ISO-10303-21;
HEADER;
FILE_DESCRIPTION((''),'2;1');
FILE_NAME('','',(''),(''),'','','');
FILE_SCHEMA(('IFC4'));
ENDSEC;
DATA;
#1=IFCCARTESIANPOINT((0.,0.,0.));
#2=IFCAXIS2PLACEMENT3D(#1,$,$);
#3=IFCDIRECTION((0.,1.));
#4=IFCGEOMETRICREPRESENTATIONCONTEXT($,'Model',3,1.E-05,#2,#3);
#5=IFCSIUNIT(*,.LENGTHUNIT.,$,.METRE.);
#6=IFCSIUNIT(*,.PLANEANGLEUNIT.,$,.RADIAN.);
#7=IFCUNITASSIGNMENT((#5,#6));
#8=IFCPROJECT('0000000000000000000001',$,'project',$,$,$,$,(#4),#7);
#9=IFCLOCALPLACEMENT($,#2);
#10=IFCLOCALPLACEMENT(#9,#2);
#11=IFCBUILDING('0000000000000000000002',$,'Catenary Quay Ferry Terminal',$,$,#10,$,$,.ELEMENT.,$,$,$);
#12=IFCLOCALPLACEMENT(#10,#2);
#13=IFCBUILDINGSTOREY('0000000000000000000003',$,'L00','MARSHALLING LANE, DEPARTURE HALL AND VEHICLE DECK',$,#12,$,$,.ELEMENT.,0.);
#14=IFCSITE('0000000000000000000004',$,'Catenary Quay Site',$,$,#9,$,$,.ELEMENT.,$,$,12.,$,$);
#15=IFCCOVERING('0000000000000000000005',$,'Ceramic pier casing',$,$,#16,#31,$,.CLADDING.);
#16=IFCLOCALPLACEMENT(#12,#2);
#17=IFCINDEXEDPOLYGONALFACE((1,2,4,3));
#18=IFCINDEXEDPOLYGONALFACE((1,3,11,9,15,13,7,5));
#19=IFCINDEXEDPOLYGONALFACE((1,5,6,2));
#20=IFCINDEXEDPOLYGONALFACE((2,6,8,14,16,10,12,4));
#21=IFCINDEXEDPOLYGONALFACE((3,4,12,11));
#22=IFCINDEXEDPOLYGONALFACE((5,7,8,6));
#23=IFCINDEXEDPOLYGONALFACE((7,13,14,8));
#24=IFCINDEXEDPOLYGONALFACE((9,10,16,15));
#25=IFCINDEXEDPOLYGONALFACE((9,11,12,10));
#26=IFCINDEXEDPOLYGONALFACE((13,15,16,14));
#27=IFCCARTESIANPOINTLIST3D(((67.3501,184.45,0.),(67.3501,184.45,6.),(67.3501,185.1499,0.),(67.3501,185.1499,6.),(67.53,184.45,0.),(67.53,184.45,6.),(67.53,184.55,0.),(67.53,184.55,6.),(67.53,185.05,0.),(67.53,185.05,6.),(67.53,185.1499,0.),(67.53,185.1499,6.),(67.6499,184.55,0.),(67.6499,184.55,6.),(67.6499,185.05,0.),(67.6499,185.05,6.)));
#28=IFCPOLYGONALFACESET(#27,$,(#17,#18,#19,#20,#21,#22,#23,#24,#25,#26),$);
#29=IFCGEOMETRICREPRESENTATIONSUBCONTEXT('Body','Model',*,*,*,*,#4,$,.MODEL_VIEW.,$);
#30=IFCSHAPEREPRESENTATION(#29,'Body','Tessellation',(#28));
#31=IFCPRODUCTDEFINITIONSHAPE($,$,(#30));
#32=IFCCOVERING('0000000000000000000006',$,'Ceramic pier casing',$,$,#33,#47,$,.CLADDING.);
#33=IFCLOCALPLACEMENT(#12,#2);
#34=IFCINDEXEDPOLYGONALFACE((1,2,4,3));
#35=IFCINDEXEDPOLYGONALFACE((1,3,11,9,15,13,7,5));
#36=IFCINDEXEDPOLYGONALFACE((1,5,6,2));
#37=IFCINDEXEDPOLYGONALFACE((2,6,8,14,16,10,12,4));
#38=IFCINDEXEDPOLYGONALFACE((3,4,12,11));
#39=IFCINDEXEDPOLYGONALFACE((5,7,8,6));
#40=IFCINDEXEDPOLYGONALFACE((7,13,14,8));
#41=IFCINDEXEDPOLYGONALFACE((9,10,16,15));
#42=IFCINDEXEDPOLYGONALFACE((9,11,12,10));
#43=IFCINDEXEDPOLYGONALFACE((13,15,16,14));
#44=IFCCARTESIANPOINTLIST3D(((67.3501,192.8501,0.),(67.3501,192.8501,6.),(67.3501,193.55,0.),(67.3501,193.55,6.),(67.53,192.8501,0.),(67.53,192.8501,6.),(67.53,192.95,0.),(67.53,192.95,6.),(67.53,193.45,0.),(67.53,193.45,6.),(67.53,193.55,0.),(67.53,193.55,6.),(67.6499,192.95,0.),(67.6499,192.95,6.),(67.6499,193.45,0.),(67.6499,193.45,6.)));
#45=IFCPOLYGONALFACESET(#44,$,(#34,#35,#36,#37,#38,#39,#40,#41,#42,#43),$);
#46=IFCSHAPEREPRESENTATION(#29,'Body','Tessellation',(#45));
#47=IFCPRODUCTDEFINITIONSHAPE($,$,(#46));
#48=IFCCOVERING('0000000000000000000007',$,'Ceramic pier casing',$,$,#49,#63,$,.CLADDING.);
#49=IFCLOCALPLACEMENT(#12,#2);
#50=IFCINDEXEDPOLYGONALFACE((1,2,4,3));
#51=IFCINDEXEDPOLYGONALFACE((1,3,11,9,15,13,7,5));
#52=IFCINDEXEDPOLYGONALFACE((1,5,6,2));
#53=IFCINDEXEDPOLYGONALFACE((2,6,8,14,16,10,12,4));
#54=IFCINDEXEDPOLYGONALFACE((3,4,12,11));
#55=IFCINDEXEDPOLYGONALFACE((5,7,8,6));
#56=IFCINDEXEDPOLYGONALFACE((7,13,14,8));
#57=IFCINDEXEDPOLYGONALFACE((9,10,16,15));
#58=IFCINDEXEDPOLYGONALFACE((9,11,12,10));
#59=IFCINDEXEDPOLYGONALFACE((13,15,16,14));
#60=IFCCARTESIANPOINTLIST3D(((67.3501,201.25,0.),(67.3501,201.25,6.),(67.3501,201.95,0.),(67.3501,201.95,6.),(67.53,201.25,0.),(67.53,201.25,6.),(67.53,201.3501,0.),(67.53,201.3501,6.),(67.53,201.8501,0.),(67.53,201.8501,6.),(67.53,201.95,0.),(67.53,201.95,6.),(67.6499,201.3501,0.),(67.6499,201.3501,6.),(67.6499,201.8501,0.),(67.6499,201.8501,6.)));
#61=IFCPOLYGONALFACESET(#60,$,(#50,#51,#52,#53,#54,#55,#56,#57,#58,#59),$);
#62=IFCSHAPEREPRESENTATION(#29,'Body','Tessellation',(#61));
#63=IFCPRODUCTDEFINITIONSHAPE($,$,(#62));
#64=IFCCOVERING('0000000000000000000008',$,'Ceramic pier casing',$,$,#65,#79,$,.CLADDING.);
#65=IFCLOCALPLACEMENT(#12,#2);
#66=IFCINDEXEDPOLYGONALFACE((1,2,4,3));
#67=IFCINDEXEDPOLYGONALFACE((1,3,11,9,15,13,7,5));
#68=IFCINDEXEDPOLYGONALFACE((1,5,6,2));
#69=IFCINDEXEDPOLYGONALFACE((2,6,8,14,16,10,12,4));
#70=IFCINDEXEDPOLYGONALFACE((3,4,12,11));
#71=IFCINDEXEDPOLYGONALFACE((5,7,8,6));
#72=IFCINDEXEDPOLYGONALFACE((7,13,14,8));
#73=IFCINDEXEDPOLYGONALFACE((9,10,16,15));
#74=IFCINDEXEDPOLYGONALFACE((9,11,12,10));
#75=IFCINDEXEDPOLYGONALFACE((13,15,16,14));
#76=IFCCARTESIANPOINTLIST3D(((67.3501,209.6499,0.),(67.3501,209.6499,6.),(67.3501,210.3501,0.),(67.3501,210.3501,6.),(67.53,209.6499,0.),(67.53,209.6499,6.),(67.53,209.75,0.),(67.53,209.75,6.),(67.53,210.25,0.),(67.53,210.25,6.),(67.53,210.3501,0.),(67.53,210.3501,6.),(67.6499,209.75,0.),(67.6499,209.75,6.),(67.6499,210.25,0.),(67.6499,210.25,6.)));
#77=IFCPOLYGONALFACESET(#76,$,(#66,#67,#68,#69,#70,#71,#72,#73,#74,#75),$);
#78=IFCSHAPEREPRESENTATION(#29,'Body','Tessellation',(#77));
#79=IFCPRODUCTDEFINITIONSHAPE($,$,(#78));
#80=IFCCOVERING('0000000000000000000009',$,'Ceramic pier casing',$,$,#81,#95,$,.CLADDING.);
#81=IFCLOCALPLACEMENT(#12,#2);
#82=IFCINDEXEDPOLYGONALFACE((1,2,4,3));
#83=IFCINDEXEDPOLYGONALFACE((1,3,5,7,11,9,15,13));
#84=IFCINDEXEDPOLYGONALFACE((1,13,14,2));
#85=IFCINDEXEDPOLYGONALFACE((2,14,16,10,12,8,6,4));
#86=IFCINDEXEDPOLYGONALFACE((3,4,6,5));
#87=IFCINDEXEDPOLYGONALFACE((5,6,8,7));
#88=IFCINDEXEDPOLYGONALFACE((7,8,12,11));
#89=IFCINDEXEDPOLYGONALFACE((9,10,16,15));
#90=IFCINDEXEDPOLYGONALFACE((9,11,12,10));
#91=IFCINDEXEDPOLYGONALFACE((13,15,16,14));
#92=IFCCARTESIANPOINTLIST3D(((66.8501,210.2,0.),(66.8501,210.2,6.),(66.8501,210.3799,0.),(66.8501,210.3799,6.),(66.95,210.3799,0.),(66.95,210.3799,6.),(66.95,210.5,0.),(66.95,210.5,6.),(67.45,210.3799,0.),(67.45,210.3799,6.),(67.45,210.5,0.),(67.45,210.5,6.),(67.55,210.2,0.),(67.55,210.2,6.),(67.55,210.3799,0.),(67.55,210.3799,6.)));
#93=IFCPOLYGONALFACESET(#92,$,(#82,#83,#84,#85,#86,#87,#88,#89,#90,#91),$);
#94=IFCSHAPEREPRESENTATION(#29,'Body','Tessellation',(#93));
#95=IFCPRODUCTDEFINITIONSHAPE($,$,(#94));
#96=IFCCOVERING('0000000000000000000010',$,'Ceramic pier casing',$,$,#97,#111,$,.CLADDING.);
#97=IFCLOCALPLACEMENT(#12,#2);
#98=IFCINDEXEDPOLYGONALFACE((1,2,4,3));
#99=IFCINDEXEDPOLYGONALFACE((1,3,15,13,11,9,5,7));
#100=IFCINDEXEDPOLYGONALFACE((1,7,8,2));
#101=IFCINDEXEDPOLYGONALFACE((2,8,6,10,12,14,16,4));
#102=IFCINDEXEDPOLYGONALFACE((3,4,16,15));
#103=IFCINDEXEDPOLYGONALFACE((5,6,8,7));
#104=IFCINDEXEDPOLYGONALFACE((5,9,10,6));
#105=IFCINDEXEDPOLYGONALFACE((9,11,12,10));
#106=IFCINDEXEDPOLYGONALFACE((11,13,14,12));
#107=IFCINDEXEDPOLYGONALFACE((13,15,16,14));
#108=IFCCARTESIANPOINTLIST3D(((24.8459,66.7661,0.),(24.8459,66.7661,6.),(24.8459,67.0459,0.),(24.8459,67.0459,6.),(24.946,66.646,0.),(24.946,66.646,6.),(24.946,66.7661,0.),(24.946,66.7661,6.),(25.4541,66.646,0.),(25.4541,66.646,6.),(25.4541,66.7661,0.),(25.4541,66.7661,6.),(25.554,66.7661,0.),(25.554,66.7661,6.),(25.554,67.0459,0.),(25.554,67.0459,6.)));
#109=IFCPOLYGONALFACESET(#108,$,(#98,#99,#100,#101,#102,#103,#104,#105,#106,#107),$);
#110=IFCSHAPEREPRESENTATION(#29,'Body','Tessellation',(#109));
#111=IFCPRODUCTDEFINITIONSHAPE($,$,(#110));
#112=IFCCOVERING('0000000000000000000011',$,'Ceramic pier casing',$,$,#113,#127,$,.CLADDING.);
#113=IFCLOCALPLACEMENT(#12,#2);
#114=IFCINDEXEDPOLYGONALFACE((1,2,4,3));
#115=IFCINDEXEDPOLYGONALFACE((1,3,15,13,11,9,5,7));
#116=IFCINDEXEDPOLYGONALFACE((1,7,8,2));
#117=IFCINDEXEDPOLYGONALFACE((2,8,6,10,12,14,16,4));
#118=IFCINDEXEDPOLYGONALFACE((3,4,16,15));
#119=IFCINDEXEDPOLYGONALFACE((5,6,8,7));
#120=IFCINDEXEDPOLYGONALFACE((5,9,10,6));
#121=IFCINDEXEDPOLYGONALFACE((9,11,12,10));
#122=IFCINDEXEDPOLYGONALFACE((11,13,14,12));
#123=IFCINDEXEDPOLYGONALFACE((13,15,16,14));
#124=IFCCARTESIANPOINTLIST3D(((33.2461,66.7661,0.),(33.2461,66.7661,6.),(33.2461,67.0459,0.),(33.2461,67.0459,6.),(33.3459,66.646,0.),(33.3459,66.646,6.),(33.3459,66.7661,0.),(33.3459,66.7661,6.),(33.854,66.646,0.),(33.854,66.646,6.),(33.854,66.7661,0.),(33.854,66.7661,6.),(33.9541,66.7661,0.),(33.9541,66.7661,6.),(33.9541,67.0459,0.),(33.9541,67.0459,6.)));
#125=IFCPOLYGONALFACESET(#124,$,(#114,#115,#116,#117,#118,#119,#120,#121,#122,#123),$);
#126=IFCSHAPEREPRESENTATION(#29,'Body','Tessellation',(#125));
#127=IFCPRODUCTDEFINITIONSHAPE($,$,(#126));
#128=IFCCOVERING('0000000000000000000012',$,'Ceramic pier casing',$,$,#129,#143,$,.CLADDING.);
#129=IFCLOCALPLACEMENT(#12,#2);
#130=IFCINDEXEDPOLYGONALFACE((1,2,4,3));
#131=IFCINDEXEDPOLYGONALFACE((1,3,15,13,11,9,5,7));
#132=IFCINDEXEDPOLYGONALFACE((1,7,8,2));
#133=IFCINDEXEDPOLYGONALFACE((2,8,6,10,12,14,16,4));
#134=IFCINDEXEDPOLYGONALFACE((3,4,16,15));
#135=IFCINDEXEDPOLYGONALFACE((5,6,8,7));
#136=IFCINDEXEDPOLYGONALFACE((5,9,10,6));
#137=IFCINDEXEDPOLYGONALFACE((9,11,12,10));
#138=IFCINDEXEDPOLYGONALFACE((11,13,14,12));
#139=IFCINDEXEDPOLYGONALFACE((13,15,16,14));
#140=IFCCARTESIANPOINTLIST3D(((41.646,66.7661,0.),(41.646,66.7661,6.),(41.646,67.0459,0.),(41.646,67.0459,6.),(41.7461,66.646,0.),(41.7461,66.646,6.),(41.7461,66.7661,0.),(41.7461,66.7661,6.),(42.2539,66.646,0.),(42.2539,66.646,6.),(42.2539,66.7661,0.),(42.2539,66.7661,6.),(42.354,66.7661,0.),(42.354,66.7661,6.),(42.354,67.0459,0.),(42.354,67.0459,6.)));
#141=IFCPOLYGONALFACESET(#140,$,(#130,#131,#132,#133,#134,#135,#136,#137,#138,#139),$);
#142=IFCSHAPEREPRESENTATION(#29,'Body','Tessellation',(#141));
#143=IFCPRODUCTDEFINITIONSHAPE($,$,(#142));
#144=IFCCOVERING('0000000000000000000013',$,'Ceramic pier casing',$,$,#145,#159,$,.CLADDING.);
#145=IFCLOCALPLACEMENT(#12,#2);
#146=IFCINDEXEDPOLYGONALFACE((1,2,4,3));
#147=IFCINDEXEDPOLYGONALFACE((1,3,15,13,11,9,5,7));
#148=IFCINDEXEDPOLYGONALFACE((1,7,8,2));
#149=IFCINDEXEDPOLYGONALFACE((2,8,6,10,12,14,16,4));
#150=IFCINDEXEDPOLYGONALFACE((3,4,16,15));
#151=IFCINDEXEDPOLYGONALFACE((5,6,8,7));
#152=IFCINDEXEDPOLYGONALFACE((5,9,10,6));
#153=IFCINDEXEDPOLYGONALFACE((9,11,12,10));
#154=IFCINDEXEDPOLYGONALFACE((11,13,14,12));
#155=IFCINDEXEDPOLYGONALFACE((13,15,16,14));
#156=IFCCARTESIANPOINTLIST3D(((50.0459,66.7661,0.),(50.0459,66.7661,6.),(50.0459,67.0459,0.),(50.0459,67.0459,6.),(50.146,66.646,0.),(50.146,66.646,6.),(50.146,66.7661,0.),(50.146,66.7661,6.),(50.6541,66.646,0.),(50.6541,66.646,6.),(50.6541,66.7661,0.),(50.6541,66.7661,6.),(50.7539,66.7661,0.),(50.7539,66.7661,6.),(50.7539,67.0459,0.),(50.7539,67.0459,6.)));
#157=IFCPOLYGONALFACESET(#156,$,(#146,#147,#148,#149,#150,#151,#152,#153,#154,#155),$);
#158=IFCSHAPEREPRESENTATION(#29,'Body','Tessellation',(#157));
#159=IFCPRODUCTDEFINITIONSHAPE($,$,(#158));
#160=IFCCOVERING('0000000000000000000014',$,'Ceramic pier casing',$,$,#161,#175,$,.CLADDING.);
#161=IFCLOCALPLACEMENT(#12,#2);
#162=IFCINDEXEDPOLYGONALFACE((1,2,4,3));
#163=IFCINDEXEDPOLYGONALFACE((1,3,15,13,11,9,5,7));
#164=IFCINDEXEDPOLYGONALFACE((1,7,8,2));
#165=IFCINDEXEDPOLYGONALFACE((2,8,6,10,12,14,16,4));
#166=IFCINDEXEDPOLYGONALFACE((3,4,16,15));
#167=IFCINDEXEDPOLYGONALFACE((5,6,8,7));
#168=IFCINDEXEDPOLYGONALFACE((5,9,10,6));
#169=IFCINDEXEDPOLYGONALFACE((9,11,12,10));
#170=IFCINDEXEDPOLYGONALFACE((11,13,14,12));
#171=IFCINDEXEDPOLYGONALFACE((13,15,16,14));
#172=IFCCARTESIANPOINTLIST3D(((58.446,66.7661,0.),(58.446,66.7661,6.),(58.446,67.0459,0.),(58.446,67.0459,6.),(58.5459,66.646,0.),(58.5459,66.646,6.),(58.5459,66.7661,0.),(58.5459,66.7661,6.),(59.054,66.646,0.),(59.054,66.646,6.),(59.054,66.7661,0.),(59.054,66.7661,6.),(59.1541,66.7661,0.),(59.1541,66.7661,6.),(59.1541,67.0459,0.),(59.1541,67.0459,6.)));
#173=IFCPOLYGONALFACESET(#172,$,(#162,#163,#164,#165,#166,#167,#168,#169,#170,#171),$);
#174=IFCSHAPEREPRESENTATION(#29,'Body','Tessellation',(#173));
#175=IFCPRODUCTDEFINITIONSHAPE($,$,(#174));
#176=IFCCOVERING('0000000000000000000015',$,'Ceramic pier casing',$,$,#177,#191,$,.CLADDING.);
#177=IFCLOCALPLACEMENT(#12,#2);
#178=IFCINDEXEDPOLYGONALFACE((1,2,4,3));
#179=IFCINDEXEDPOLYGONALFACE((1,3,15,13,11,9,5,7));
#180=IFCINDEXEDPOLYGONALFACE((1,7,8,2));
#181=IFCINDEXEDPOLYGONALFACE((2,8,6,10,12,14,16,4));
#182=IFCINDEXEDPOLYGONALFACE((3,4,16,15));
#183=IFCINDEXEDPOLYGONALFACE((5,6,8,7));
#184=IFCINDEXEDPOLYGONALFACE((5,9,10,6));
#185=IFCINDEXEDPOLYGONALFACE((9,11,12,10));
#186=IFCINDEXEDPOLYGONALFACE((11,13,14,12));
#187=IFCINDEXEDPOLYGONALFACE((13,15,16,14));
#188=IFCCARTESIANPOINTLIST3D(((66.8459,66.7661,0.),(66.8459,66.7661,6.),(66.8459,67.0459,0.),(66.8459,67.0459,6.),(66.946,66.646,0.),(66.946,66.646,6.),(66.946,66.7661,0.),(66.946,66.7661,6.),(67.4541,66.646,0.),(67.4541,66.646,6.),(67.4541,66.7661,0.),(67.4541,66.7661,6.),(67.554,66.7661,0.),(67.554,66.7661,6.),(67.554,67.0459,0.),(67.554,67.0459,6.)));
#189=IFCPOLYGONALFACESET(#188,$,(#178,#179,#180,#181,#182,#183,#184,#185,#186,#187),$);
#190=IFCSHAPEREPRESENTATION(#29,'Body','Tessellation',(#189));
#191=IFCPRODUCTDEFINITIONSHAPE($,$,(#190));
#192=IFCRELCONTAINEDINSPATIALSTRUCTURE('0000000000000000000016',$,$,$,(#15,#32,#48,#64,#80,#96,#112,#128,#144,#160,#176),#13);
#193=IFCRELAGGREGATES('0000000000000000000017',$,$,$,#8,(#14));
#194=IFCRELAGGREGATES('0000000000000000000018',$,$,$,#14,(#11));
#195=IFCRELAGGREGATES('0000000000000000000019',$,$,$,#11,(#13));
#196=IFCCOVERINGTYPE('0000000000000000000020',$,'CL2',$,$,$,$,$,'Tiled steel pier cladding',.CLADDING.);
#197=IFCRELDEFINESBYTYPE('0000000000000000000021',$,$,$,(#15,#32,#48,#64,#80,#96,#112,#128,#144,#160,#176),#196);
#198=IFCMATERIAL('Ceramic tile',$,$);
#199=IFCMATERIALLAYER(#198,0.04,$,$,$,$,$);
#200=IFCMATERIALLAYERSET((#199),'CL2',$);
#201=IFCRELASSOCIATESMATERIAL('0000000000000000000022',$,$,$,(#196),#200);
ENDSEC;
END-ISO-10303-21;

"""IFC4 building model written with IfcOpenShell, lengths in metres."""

from ifc_helpers import new_model, si_unit, direction, origin, place, context, subcontext, project, spatial, polyline, outline, extrude, material, layer, layer_set, type_object, element, save


model = new_model("IFC4")

# Units and contexts
model_context = context("Model", 3, precision=1e-05, world=origin(), true_north=direction((0.0, 1.0)))
body_context = subcontext(model_context, "Body", "Model", "MODEL_VIEW")
ifc_project = project(units=[si_unit("LENGTHUNIT", "METRE"), si_unit("PLANEANGLEUNIT", "RADIAN")], contexts=[model_context])

# Site, building, storey
site_placement = place(None, origin())
site = spatial("IfcSite", under=ifc_project, at=site_placement, Name="Catenary Quay Site", CompositionType="ELEMENT", RefElevation=12.0)
building_placement = place(site_placement, origin())
building = spatial("IfcBuilding", under=site, at=building_placement, Name="Catenary Quay Ferry Terminal", CompositionType="ELEMENT")
storey_placement = place(building_placement, origin())
storey = spatial("IfcBuildingStorey", under=building, at=storey_placement, Name="L00", Description="MARSHALLING LANE, DEPARTURE HALL AND VEHICLE DECK", CompositionType="ELEMENT", Elevation=0.0)

# Coverings
ifc_material = material(Name="Ceramic tile")
ifc_layer = layer(ifc_material, 0.04)
ifc_layer_set = layer_set([ifc_layer], Name="CL2")
covering_type = type_object("IfcCoveringType", Name="CL2", ElementType="Tiled steel pier cladding", PredefinedType="CLADDING", material=ifc_layer_set)
covering_1_placement = place(storey_placement, origin())
element("IfcCovering", 1, at=covering_1_placement, inside=storey, type_object=covering_type, Name="Ceramic pier casing", PredefinedType="CLADDING", context=body_context, shape_type="SweptSolid", body=[
    extrude(outline(polyline([(67.3501, 184.45), (67.53, 184.45), (67.53, 184.55), (67.6499, 184.55), (67.6499, 185.05), (67.53, 185.05), (67.53, 185.1499), (67.3501, 185.1499), (67.3501, 184.45)])), origin(), (0.0, 0.0, 1.0), 6.0),
])
covering_2_placement = place(storey_placement, origin())
element("IfcCovering", 2, at=covering_2_placement, inside=storey, type_object=covering_type, Name="Ceramic pier casing", PredefinedType="CLADDING", context=body_context, shape_type="SweptSolid", body=[
    extrude(outline(polyline([(67.3501, 192.8501), (67.53, 192.8501), (67.53, 192.95), (67.6499, 192.95), (67.6499, 193.45), (67.53, 193.45), (67.53, 193.55), (67.3501, 193.55), (67.3501, 192.8501)])), origin(), (0.0, 0.0, 1.0), 6.0),
])
covering_3_placement = place(storey_placement, origin())
element("IfcCovering", 3, at=covering_3_placement, inside=storey, type_object=covering_type, Name="Ceramic pier casing", PredefinedType="CLADDING", context=body_context, shape_type="SweptSolid", body=[
    extrude(outline(polyline([(67.3501, 201.25), (67.53, 201.25), (67.53, 201.3501), (67.6499, 201.3501), (67.6499, 201.8501), (67.53, 201.8501), (67.53, 201.95), (67.3501, 201.95), (67.3501, 201.25)])), origin(), (0.0, 0.0, 1.0), 6.0),
])
covering_4_placement = place(storey_placement, origin())
element("IfcCovering", 4, at=covering_4_placement, inside=storey, type_object=covering_type, Name="Ceramic pier casing", PredefinedType="CLADDING", context=body_context, shape_type="SweptSolid", body=[
    extrude(outline(polyline([(67.3501, 209.6499), (67.53, 209.6499), (67.53, 209.75), (67.6499, 209.75), (67.6499, 210.25), (67.53, 210.25), (67.53, 210.3501), (67.3501, 210.3501), (67.3501, 209.6499)])), origin(), (0.0, 0.0, 1.0), 6.0),
])
covering_5_placement = place(storey_placement, origin())
element("IfcCovering", 5, at=covering_5_placement, inside=storey, type_object=covering_type, Name="Ceramic pier casing", PredefinedType="CLADDING", context=body_context, shape_type="SweptSolid", body=[
    extrude(outline(polyline([(67.55, 210.2), (67.55, 210.3799), (67.45, 210.3799), (67.45, 210.5), (66.95, 210.5), (66.95, 210.3799), (66.8501, 210.3799), (66.8501, 210.2), (67.55, 210.2)])), origin(), (0.0, 0.0, 1.0), 6.0),
])
covering_6_placement = place(storey_placement, origin())
element("IfcCovering", 6, at=covering_6_placement, inside=storey, type_object=covering_type, Name="Ceramic pier casing", PredefinedType="CLADDING", context=body_context, shape_type="SweptSolid", body=[
    extrude(outline(polyline([(24.8459, 67.0459), (24.8459, 66.7661), (24.946, 66.7661), (24.946, 66.646), (25.4541, 66.646), (25.4541, 66.7661), (25.554, 66.7661), (25.554, 67.0459), (24.8459, 67.0459)])), origin(), (0.0, 0.0, 1.0), 6.0),
])
covering_7_placement = place(storey_placement, origin())
element("IfcCovering", 7, at=covering_7_placement, inside=storey, type_object=covering_type, Name="Ceramic pier casing", PredefinedType="CLADDING", context=body_context, shape_type="SweptSolid", body=[
    extrude(outline(polyline([(33.2461, 67.0459), (33.2461, 66.7661), (33.3459, 66.7661), (33.3459, 66.646), (33.854, 66.646), (33.854, 66.7661), (33.9541, 66.7661), (33.9541, 67.0459), (33.2461, 67.0459)])), origin(), (0.0, 0.0, 1.0), 6.0),
])
covering_8_placement = place(storey_placement, origin())
element("IfcCovering", 8, at=covering_8_placement, inside=storey, type_object=covering_type, Name="Ceramic pier casing", PredefinedType="CLADDING", context=body_context, shape_type="SweptSolid", body=[
    extrude(outline(polyline([(41.646, 67.0459), (41.646, 66.7661), (41.7461, 66.7661), (41.7461, 66.646), (42.2539, 66.646), (42.2539, 66.7661), (42.354, 66.7661), (42.354, 67.0459), (41.646, 67.0459)])), origin(), (0.0, 0.0, 1.0), 6.0),
])
covering_9_placement = place(storey_placement, origin())
element("IfcCovering", 9, at=covering_9_placement, inside=storey, type_object=covering_type, Name="Ceramic pier casing", PredefinedType="CLADDING", context=body_context, shape_type="SweptSolid", body=[
    extrude(outline(polyline([(50.0459, 67.0459), (50.0459, 66.7661), (50.146, 66.7661), (50.146, 66.646), (50.6541, 66.646), (50.6541, 66.7661), (50.7539, 66.7661), (50.7539, 67.0459), (50.0459, 67.0459)])), origin(), (0.0, 0.0, 1.0), 6.0),
])
covering_10_placement = place(storey_placement, origin())
element("IfcCovering", 10, at=covering_10_placement, inside=storey, type_object=covering_type, Name="Ceramic pier casing", PredefinedType="CLADDING", context=body_context, shape_type="SweptSolid", body=[
    extrude(outline(polyline([(58.446, 67.0459), (58.446, 66.7661), (58.5459, 66.7661), (58.5459, 66.646), (59.054, 66.646), (59.054, 66.7661), (59.1541, 66.7661), (59.1541, 67.0459), (58.446, 67.0459)])), origin(), (0.0, 0.0, 1.0), 6.0),
])
covering_11_placement = place(storey_placement, origin())
element("IfcCovering", 11, at=covering_11_placement, inside=storey, type_object=covering_type, Name="Ceramic pier casing", PredefinedType="CLADDING", context=body_context, shape_type="SweptSolid", body=[
    extrude(outline(polyline([(66.8459, 67.0459), (66.8459, 66.7661), (66.946, 66.7661), (66.946, 66.646), (67.4541, 66.646), (67.4541, 66.7661), (67.554, 66.7661), (67.554, 67.0459), (66.8459, 67.0459)])), origin(), (0.0, 0.0, 1.0), 6.0),
])

save(model, "model.ifc")
